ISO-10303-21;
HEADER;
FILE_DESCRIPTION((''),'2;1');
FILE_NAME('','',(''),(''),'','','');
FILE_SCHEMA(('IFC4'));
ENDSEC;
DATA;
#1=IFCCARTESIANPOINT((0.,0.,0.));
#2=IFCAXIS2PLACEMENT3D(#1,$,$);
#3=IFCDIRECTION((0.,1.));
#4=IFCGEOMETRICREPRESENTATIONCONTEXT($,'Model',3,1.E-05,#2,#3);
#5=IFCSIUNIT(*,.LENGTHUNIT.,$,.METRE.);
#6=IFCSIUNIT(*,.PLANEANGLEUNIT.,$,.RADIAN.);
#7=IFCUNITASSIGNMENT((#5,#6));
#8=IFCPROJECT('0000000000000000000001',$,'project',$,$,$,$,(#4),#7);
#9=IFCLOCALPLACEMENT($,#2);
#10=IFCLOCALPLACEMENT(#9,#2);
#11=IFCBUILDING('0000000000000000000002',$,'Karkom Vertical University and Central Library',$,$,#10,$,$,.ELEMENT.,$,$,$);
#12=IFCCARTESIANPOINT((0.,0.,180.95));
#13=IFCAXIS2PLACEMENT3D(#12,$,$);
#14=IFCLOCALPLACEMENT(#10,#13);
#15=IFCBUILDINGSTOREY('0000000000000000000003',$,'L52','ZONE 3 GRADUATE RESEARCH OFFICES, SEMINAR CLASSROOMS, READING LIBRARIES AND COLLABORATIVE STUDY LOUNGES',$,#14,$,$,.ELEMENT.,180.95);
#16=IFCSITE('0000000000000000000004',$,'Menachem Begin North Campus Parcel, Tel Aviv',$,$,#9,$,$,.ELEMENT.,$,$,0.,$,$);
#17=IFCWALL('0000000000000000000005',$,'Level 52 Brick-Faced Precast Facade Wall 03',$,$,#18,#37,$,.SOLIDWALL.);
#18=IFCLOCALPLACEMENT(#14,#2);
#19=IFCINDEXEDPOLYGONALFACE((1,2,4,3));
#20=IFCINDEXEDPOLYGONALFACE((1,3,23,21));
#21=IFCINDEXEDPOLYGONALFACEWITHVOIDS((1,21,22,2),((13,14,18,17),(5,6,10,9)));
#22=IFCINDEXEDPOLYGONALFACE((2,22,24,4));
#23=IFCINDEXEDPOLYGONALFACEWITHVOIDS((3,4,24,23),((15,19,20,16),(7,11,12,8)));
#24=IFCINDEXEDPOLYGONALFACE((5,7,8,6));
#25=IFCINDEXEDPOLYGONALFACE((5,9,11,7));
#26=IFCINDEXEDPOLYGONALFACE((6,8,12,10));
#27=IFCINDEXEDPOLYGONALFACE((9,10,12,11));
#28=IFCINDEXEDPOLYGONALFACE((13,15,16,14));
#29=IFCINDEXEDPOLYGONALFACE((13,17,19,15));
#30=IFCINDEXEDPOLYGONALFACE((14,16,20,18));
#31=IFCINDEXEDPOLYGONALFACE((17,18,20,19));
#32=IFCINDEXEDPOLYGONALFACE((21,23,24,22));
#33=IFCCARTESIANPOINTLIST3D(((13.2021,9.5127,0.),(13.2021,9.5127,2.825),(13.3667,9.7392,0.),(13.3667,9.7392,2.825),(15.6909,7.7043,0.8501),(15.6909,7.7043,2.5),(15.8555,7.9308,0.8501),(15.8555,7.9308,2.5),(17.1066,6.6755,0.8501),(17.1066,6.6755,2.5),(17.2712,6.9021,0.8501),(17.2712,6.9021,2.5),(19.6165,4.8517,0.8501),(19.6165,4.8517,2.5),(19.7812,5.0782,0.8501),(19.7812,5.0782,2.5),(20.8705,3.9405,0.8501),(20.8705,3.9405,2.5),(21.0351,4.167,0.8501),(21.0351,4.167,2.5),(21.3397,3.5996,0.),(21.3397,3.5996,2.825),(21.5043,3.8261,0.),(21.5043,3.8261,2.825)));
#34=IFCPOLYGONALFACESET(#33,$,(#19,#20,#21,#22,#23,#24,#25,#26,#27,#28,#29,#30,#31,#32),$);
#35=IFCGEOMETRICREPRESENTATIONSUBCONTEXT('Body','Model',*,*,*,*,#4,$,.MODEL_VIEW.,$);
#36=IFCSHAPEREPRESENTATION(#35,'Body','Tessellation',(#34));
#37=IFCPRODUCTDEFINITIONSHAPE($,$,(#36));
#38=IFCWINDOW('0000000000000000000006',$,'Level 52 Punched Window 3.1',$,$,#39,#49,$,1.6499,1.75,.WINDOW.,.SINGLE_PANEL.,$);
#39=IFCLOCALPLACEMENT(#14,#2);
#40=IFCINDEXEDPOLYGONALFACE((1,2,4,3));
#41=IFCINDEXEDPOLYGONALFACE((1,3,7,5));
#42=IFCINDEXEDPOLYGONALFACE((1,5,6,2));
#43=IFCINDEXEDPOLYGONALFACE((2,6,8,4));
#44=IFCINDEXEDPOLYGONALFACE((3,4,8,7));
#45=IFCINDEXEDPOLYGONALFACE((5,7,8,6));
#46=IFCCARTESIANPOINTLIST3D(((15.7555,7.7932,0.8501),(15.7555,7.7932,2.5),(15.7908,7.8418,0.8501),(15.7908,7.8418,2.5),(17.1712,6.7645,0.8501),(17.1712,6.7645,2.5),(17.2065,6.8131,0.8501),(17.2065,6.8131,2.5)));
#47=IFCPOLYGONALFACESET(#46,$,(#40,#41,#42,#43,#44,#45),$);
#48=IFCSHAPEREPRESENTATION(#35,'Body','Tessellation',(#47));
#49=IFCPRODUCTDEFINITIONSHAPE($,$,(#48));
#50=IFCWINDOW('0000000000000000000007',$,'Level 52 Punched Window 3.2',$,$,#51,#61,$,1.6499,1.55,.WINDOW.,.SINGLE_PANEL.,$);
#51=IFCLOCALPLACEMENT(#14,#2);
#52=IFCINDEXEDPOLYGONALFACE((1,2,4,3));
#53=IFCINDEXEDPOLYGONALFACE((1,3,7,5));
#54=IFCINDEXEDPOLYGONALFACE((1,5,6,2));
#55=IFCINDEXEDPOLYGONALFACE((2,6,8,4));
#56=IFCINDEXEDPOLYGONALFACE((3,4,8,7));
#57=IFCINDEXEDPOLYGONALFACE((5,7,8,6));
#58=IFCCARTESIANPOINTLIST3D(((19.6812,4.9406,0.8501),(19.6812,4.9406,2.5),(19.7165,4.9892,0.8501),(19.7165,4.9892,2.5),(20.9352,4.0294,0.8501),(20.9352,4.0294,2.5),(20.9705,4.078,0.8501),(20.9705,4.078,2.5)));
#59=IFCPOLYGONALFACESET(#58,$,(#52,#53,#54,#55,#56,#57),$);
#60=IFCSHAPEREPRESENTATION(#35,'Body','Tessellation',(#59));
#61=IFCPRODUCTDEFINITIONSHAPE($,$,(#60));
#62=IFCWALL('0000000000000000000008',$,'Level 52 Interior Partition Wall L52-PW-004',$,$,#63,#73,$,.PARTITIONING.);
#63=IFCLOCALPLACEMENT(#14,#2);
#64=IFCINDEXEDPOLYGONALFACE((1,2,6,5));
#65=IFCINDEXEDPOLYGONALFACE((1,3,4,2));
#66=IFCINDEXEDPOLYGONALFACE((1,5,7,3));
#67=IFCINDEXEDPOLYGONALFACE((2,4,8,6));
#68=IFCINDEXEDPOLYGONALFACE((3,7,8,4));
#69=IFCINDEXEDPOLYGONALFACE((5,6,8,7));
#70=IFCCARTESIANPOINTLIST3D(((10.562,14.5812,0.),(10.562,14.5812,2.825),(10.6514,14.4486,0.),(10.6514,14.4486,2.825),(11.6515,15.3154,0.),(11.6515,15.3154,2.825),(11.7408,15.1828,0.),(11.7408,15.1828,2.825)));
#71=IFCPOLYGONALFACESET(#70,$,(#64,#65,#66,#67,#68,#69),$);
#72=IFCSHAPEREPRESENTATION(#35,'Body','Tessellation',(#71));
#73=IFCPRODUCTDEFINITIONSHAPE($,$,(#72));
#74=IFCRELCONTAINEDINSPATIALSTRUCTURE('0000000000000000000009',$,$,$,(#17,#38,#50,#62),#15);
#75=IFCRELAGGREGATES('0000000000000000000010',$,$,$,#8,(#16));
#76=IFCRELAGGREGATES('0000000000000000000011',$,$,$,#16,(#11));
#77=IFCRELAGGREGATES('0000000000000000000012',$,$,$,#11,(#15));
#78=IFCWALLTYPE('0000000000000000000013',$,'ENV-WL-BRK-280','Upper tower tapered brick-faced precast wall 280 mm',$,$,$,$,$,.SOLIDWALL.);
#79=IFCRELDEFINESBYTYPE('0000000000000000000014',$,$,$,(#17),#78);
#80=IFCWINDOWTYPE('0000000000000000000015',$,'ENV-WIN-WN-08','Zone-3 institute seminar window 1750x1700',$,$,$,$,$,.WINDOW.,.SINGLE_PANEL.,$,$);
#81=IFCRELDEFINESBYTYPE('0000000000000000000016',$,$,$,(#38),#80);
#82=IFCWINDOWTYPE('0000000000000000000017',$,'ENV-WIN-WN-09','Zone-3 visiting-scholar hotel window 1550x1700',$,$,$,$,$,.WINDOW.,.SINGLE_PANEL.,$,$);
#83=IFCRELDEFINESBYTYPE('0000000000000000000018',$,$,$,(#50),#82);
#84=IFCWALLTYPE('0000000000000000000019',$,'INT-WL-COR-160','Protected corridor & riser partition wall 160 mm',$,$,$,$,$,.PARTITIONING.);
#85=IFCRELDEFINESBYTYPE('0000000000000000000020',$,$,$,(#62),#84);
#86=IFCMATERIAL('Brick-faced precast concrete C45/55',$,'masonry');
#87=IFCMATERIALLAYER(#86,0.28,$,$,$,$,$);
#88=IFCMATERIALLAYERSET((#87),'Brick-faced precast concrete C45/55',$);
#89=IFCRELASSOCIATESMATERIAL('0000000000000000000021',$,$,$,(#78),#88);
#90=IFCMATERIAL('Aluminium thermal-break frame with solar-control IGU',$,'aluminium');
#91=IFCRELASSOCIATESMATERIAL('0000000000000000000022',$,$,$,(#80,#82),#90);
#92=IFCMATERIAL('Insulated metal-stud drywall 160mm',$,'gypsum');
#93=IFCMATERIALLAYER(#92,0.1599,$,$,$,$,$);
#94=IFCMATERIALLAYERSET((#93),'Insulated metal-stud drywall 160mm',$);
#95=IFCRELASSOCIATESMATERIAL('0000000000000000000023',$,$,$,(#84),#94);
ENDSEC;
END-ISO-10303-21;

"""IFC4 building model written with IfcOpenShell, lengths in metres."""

from ifc_helpers import new_model, si_unit, direction, frame, frame_2d, origin, origin_with_axes, place, context, subcontext, project, spatial, rectangle, extrude, source, transform, mapped, material, layer, layer_set, type_object, element, fill, save


model = new_model("IFC4")

# Units and contexts
model_context = context("Model", 3, precision=1e-05, world=origin(), true_north=direction((0.0, 1.0)))
body_context = subcontext(model_context, "Body", "Model", "MODEL_VIEW")
ifc_project = project(units=[si_unit("LENGTHUNIT", "METRE"), si_unit("PLANEANGLEUNIT", "RADIAN")], contexts=[model_context])

# Site, building, storey
site_placement = place(None, origin())
site = spatial("IfcSite", under=ifc_project, at=site_placement, Name="Menachem Begin North Campus Parcel, Tel Aviv", CompositionType="ELEMENT", RefElevation=0.0)
building_placement = place(site_placement, origin())
building = spatial("IfcBuilding", under=site, at=building_placement, Name="Karkom Vertical University and Central Library", CompositionType="ELEMENT")
storey_placement = place(building_placement, frame((0.0, 0.0, 180.95)))
storey = spatial("IfcBuildingStorey", under=building, at=storey_placement, Name="L52", Description="ZONE 3 GRADUATE RESEARCH OFFICES, SEMINAR CLASSROOMS, READING LIBRARIES AND COLLABORATIVE STUDY LOUNGES", CompositionType="ELEMENT", Elevation=180.95)

# Wall, openings, windows
ifc_material_1 = material(Name="Brick-faced precast concrete C45/55", Category="masonry")
ifc_layer_1 = layer(ifc_material_1, 0.28)
ifc_layer_set_1 = layer_set([ifc_layer_1], Name="Brick-faced precast concrete C45/55")
wall_type_1 = type_object("IfcWallType", Name="ENV-WL-BRK-280", Description="Upper tower tapered brick-faced precast wall 280 mm", PredefinedType="SOLIDWALL", material=ifc_layer_set_1)
wall_1_placement = place(storey_placement, frame((13.2844, 9.626, 0.0), z_axis=(0.0, 0.0, 1.0), x_axis=(0.808975, -0.587843, 0.0)))
wall_1 = element("IfcWall", 1, at=wall_1_placement, inside=storey, type_object=wall_type_1, Name="Level 52 Brick-Faced Precast Facade Wall 03", PredefinedType="SOLIDWALL", context=body_context, shape_type="SweptSolid", body=[
    extrude(rectangle(XDim=10.0591, YDim=0.28, at=frame_2d((5.0295, 0.0))), origin(), (0.0, 0.0, 1.0), 2.825),
])
opening_1_placement = place(wall_1_placement, frame((3.0764, 0.0, 0.8501)))
opening_1 = element("IfcOpeningElement", 2, at=opening_1_placement, cuts=wall_1, PredefinedType="OPENING", context=body_context, shape_type="SweptSolid", body=[
    extrude(rectangle(XDim=1.75, YDim=1.6499, at=frame_2d((0.875, 0.825))), frame((0.0, 0.1499, 0.0), z_axis=(0.0, -1.0, 0.0), x_axis=(1.0, 0.0, 0.0)), (0.0, 0.0, 1.0), 0.3),
])
opening_2_placement = place(wall_1_placement, frame((7.9292, 0.0, 0.8501)))
opening_2 = element("IfcOpeningElement", 3, at=opening_2_placement, cuts=wall_1, PredefinedType="OPENING", context=body_context, shape_type="SweptSolid", body=[
    extrude(rectangle(XDim=1.55, YDim=1.6499, at=frame_2d((0.7749, 0.825))), frame((0.0, 0.1499, 0.0), z_axis=(0.0, -1.0, 0.0), x_axis=(1.0, 0.0, 0.0)), (0.0, 0.0, 1.0), 0.3),
])
ifc_material_2 = material(Name="Aluminium thermal-break frame with solar-control IGU", Category="aluminium")
window_type_1 = type_object("IfcWindowType", Name="ENV-WIN-WN-08", Description="Zone-3 institute seminar window 1750x1700", PartitioningType="SINGLE_PANEL", PredefinedType="WINDOW", material=ifc_material_2)
shared_shape_1 = source(origin_with_axes(), body_context, "Body", "SweptSolid", [
    extrude(rectangle(XDim=1.75, YDim=1.6499, at=frame_2d((0.875, 0.825))), frame((0.0, 0.03, 0.0), z_axis=(0.0, -1.0, 0.0), x_axis=(1.0, 0.0, 0.0)), (0.0, 0.0, 1.0), 0.0601),
])
window_1_placement = place(opening_1_placement, origin())
window_1 = element("IfcWindow", 4, at=window_1_placement, inside=storey, type_object=window_type_1, Name="Level 52 Punched Window 3.1", OverallHeight=1.6499, OverallWidth=1.75, PartitioningType="SINGLE_PANEL", PredefinedType="WINDOW", context=body_context, shape_type="MappedRepresentation", body=[
    mapped(shared_shape_1, transform((0.0, 0.0, 0.0), scale=1.0)),
])
fill(opening_1, window_1)
window_type_2 = type_object("IfcWindowType", Name="ENV-WIN-WN-09", Description="Zone-3 visiting-scholar hotel window 1550x1700", PartitioningType="SINGLE_PANEL", PredefinedType="WINDOW", material=ifc_material_2)
shared_shape_2 = source(origin_with_axes(), body_context, "Body", "SweptSolid", [
    extrude(rectangle(XDim=1.55, YDim=1.6499, at=frame_2d((0.7749, 0.825))), frame((0.0, 0.03, 0.0), z_axis=(0.0, -1.0, 0.0), x_axis=(1.0, 0.0, 0.0)), (0.0, 0.0, 1.0), 0.0601),
])
window_2_placement = place(opening_2_placement, origin())
window_2 = element("IfcWindow", 5, at=window_2_placement, inside=storey, type_object=window_type_2, Name="Level 52 Punched Window 3.2", OverallHeight=1.6499, OverallWidth=1.55, PartitioningType="SINGLE_PANEL", PredefinedType="WINDOW", context=body_context, shape_type="MappedRepresentation", body=[
    mapped(shared_shape_2, transform((0.0, 0.0, 0.0), scale=1.0)),
])
fill(opening_2, window_2)

# Wall
ifc_material_3 = material(Name="Insulated metal-stud drywall 160mm", Category="gypsum")
ifc_layer_2 = layer(ifc_material_3, 0.1599)
ifc_layer_set_2 = layer_set([ifc_layer_2], Name="Insulated metal-stud drywall 160mm")
wall_type_2 = type_object("IfcWallType", Name="INT-WL-COR-160", Description="Protected corridor & riser partition wall 160 mm", PredefinedType="PARTITIONING", material=ifc_layer_set_2)
wall_2_placement = place(storey_placement, frame((11.696, 15.249, 0.0), z_axis=(0.0, 0.0, 1.0), x_axis=(-0.829266, -0.558853, 0.0)))
element("IfcWall", 6, at=wall_2_placement, inside=storey, type_object=wall_type_2, Name="Level 52 Interior Partition Wall L52-PW-004", PredefinedType="PARTITIONING", context=body_context, shape_type="SweptSolid", body=[
    extrude(rectangle(XDim=1.3137, YDim=0.1599, at=frame_2d((0.6567, 0.0))), origin(), (0.0, 0.0, 1.0), 2.825),
])

save(model, "model.ifc")
